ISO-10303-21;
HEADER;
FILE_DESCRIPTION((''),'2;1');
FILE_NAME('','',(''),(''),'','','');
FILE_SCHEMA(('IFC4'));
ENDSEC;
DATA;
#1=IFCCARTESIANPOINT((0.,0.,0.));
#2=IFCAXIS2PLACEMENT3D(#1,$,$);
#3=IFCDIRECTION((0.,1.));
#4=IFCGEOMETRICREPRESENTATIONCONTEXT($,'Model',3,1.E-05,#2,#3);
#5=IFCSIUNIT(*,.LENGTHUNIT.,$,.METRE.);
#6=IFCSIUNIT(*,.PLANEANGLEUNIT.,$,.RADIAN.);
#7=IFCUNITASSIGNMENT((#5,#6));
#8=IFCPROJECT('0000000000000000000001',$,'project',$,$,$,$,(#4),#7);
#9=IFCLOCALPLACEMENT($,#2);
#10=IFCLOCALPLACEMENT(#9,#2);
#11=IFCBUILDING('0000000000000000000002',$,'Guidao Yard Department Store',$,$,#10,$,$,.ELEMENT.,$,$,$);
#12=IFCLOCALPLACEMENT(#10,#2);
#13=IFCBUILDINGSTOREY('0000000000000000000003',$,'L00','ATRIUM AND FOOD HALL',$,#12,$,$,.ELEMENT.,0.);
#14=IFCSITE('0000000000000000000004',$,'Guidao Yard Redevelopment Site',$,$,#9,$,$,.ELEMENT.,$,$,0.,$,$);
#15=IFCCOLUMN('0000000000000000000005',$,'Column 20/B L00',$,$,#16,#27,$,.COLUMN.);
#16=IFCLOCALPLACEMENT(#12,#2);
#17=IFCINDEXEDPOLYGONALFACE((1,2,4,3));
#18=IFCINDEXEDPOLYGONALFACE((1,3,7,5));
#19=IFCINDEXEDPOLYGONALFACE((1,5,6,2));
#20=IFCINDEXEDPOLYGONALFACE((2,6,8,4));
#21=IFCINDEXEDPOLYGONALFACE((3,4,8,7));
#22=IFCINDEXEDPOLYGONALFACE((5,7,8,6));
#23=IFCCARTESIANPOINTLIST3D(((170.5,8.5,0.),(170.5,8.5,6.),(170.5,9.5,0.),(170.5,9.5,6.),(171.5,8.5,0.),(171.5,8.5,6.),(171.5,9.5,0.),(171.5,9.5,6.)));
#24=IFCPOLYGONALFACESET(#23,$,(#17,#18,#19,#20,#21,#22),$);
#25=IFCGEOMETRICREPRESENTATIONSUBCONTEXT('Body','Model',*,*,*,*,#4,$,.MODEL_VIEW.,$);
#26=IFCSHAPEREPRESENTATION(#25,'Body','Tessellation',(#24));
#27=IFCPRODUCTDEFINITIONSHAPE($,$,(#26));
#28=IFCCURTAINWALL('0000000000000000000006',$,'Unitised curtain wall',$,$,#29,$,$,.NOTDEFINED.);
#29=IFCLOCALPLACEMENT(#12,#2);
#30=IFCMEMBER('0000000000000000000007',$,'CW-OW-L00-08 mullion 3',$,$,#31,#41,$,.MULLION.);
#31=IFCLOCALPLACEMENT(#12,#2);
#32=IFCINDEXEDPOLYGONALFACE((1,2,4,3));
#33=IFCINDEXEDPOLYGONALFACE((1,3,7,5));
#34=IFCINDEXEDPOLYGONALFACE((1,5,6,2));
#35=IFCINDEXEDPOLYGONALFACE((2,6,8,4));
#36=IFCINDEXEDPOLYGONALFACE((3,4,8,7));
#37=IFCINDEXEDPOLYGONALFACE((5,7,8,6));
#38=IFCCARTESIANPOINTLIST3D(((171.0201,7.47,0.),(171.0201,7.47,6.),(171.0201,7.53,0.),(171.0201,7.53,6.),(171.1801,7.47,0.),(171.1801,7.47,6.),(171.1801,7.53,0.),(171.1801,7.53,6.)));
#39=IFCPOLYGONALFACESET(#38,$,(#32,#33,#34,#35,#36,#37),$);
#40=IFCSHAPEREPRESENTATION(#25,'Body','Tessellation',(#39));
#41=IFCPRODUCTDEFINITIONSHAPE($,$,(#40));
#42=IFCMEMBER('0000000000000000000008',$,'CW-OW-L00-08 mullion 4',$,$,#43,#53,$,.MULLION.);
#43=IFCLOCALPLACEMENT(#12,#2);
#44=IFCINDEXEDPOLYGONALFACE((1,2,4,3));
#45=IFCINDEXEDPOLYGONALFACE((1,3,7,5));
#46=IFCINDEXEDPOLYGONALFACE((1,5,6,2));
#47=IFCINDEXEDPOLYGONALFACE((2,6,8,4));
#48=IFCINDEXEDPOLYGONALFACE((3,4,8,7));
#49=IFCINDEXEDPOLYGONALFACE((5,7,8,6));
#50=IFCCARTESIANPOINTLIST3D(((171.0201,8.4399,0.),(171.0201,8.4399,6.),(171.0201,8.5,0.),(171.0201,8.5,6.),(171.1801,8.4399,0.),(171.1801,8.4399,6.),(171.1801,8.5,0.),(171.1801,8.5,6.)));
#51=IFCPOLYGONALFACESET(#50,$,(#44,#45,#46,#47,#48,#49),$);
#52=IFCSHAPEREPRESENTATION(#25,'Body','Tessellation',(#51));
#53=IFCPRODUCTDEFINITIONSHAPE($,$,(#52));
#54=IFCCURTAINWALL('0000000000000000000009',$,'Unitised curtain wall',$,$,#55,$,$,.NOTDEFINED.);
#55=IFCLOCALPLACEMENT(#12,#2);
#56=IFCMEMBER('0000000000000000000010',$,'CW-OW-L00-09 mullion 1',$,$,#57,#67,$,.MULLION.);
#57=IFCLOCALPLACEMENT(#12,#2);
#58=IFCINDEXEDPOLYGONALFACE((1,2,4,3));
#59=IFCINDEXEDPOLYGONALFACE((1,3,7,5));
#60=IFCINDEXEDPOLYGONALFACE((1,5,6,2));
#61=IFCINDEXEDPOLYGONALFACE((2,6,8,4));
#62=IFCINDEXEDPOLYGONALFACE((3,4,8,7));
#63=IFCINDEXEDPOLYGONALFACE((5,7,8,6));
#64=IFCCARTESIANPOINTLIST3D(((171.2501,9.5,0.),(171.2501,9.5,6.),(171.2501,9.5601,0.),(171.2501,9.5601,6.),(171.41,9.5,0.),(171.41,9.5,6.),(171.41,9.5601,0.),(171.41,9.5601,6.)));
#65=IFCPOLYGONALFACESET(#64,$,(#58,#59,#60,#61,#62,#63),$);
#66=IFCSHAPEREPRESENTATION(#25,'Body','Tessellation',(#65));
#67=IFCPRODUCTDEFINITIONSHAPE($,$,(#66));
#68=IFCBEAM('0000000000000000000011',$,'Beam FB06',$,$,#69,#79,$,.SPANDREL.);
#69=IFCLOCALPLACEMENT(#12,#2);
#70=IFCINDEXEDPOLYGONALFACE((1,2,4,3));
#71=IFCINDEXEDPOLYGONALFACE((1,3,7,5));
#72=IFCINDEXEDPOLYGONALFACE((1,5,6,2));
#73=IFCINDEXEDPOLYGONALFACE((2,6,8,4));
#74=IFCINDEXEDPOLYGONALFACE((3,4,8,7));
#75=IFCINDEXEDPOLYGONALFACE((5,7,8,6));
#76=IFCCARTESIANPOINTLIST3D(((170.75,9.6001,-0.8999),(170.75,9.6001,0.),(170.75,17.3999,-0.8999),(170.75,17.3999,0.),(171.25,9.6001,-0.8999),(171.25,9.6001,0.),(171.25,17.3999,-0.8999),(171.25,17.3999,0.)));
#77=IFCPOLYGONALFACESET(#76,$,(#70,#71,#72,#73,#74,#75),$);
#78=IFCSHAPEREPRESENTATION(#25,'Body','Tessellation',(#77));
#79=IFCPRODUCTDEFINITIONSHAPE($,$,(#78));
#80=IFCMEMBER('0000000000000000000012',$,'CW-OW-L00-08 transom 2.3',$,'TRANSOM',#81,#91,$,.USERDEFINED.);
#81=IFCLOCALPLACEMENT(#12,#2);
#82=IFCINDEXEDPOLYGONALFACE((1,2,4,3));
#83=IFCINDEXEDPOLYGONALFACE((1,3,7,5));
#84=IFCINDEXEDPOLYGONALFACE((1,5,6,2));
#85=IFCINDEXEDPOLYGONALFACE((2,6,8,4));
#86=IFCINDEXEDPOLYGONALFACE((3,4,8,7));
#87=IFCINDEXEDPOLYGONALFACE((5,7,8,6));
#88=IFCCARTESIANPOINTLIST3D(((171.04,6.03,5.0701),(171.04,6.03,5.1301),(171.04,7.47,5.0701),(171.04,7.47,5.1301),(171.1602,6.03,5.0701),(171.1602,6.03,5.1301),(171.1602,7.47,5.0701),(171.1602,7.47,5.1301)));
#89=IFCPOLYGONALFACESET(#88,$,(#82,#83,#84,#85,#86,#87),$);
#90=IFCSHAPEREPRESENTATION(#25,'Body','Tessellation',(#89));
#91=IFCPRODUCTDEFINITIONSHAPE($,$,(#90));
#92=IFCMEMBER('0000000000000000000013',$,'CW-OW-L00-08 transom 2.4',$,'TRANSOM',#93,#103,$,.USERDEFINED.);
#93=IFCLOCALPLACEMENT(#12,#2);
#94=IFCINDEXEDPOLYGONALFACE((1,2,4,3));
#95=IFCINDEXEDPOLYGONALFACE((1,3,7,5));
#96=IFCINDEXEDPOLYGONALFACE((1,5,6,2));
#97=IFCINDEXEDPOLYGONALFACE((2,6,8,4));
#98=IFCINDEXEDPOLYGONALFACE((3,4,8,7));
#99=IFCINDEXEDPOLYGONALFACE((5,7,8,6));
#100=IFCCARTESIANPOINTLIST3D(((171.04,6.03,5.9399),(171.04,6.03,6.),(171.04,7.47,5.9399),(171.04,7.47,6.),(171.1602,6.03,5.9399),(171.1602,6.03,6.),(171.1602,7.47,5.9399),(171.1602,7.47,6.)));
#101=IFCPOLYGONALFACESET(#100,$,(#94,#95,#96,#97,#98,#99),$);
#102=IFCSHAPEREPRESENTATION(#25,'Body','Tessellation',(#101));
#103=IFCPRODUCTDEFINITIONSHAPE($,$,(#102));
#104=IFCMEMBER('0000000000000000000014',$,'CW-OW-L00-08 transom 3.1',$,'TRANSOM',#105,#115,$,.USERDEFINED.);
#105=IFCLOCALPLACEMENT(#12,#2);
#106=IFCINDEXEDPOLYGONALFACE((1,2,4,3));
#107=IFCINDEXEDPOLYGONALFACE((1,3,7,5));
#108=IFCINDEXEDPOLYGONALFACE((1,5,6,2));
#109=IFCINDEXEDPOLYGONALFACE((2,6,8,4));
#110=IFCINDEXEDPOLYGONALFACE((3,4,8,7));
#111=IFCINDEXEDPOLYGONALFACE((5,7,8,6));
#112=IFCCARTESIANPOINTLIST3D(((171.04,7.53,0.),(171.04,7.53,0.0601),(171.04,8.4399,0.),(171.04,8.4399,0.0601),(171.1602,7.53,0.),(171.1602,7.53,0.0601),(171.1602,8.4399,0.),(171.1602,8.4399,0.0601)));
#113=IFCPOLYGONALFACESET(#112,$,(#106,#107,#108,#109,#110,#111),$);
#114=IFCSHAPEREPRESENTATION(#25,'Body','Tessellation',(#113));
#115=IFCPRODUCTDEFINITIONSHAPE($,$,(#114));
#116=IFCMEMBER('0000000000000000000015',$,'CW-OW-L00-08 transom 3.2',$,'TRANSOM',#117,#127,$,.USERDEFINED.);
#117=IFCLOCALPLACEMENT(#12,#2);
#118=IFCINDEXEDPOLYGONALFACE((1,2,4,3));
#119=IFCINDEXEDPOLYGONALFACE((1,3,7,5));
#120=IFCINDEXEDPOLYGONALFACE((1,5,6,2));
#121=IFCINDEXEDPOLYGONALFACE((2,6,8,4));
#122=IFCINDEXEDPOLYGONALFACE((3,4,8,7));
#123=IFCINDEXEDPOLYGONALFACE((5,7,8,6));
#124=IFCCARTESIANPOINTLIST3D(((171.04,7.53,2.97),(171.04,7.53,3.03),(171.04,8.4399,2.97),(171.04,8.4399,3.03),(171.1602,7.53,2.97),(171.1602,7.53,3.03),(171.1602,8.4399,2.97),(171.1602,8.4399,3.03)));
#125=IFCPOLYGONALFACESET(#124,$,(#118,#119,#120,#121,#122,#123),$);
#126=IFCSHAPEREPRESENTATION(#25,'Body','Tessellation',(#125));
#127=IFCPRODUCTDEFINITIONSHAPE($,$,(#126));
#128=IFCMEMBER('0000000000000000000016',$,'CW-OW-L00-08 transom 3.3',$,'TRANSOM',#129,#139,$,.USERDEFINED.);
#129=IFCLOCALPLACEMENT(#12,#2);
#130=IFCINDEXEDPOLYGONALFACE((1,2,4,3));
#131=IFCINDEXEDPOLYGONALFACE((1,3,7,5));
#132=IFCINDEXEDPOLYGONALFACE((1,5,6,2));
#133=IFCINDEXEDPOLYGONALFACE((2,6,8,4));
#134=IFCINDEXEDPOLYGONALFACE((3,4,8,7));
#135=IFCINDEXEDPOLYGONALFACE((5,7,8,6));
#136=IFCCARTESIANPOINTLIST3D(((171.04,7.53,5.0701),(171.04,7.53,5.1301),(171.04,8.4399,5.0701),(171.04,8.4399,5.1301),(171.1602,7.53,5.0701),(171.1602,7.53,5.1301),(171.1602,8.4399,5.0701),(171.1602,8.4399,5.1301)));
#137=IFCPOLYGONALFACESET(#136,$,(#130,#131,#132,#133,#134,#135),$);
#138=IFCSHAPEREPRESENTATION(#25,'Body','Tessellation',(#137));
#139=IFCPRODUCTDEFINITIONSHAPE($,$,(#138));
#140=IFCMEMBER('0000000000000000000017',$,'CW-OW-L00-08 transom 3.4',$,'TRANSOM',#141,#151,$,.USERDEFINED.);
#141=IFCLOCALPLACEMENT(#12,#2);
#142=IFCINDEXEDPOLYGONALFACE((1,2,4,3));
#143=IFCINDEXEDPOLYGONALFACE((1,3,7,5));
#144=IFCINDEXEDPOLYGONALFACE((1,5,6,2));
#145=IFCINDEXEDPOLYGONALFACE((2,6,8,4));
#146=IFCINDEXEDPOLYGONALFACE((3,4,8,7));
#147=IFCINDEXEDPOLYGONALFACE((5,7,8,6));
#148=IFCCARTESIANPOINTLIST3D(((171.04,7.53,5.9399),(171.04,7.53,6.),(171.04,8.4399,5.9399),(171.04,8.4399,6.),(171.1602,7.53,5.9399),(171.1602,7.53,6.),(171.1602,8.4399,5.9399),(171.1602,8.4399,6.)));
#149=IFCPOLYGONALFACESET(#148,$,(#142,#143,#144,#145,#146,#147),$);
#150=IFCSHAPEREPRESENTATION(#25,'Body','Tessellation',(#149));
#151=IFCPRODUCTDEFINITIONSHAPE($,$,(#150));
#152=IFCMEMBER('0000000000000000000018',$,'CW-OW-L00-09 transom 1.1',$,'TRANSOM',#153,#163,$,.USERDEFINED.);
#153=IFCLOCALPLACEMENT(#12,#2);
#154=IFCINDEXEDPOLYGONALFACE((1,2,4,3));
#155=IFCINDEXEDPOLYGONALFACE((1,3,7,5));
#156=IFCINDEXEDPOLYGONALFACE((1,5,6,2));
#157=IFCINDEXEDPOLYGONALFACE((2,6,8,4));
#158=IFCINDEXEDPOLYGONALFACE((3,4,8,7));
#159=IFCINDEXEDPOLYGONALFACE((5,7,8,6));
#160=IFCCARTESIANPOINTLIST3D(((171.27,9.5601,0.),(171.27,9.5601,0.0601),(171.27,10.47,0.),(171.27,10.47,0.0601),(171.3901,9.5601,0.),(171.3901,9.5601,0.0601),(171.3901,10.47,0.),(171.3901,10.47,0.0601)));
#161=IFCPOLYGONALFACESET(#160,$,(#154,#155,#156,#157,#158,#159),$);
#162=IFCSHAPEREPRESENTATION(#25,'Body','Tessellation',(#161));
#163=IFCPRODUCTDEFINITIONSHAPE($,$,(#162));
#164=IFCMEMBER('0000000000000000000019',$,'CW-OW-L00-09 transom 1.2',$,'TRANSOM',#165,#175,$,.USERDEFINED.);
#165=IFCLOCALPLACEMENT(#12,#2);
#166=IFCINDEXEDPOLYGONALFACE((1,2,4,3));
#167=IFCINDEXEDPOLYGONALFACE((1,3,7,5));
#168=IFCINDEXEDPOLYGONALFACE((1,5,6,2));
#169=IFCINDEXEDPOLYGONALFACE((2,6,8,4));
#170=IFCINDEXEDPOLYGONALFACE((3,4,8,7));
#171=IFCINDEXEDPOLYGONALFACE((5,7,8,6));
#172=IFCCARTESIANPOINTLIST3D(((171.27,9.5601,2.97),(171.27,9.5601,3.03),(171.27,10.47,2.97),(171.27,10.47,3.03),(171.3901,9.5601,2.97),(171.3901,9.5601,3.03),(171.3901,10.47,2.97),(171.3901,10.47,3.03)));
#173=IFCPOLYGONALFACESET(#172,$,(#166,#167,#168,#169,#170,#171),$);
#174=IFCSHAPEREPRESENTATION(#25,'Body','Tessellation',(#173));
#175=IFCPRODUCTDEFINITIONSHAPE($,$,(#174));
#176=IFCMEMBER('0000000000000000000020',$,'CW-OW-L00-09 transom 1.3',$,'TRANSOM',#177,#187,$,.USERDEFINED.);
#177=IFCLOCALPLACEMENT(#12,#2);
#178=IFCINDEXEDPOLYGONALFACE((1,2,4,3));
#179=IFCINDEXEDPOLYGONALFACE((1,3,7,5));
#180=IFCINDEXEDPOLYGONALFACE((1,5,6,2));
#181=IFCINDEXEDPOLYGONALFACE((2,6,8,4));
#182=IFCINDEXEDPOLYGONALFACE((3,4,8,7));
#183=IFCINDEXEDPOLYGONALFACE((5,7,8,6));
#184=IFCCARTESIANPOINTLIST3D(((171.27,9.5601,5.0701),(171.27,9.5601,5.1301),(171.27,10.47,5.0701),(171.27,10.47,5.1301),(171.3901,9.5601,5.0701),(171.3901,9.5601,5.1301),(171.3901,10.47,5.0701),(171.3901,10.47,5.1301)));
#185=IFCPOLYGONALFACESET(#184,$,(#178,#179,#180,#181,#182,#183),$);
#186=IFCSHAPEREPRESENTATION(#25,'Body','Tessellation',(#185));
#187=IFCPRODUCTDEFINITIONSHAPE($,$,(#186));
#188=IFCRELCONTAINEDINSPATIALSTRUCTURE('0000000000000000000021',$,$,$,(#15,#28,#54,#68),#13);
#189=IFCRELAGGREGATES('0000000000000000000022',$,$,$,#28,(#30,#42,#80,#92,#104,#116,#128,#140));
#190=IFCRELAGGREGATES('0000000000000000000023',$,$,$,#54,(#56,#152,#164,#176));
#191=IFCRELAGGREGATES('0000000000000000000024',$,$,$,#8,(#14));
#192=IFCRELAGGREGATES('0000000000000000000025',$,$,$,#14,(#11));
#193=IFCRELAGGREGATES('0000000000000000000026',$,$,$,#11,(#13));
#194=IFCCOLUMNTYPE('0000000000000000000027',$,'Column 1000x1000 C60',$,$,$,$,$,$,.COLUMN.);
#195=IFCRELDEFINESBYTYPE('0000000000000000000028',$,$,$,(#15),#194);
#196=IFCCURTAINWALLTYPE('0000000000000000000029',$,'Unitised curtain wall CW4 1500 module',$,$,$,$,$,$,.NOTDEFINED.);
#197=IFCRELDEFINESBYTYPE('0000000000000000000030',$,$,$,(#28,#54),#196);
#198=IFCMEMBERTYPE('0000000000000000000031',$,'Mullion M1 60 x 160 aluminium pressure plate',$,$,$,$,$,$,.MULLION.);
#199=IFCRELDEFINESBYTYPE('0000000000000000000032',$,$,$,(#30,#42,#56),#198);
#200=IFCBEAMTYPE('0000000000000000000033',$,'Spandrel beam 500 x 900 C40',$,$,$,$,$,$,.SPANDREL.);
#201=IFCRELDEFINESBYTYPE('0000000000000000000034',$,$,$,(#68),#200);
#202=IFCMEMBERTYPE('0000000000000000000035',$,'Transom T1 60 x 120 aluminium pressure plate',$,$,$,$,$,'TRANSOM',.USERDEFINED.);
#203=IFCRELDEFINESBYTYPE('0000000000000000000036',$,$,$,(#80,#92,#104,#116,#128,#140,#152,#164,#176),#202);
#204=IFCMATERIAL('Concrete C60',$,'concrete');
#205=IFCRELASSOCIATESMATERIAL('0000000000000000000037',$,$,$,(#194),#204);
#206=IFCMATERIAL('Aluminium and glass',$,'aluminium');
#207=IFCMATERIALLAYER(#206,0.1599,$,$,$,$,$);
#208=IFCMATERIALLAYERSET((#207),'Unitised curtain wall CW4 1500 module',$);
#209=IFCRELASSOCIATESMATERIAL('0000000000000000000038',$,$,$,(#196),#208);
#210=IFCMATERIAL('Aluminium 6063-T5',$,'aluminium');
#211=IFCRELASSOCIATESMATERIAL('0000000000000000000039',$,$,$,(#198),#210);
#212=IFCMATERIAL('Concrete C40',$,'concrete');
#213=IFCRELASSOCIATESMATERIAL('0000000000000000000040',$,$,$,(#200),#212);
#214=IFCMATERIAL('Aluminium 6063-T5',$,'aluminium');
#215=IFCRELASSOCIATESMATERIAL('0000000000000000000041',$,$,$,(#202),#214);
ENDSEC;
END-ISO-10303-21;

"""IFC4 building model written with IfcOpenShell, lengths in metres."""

from ifc_helpers import new_model, si_unit, direction, frame, origin, origin_2d, place, context, subcontext, project, spatial, rectangle, extrude, material, layer, layer_set, material_profile, profile_set, type_object, element, aggregate, save


model = new_model("IFC4")

# Units and contexts
model_context = context("Model", 3, precision=1e-05, world=origin(), true_north=direction((0.0, 1.0)))
body_context = subcontext(model_context, "Body", "Model", "MODEL_VIEW")
ifc_project = project(units=[si_unit("LENGTHUNIT", "METRE"), si_unit("PLANEANGLEUNIT", "RADIAN")], contexts=[model_context])

# Site, building, storey
site_placement = place(None, origin())
site = spatial("IfcSite", under=ifc_project, at=site_placement, Name="Guidao Yard Redevelopment Site", CompositionType="ELEMENT", RefElevation=0.0)
building_placement = place(site_placement, origin())
building = spatial("IfcBuilding", under=site, at=building_placement, Name="Guidao Yard Department Store", CompositionType="ELEMENT")
storey_placement = place(building_placement, origin())
storey = spatial("IfcBuildingStorey", under=building, at=storey_placement, Name="L00", Description="ATRIUM AND FOOD HALL", CompositionType="ELEMENT", Elevation=0.0)

# Column
ifc_material_1 = material(Name="Concrete C60", Category="concrete")
ifc_material_profile_1 = material_profile(ifc_material_1, rectangle(XDim=1.0, YDim=1.0, at=origin_2d()), Name="COL 1000x1000")
ifc_profile_set_1 = profile_set([ifc_material_profile_1], Name="Concrete C60")
column_type = type_object("IfcColumnType", Name="Column 1000x1000 C60", PredefinedType="COLUMN", material=ifc_profile_set_1)
column_placement = place(storey_placement, frame((171.0, 9.0, 0.0), z_axis=(0.0, 0.0, 1.0), x_axis=(1.0, 0.0, 0.0)))
element("IfcColumn", 1, at=column_placement, inside=storey, type_object=column_type, Name="Column 20/B L00", PredefinedType="COLUMN", context=body_context, shape_type="SweptSolid", body=[
    extrude(rectangle(XDim=1.0, YDim=1.0, at=origin_2d()), origin(), (0.0, 0.0, 1.0), 6.0),
])

# Curtain wall, members
ifc_material_2 = material(Name="Aluminium and glass", Category="aluminium")
ifc_layer_1 = layer(ifc_material_2, 0.1599)
ifc_layer_set_1 = layer_set([ifc_layer_1], Name="Unitised curtain wall CW4 1500 module")
curtain_wall_type = type_object("IfcCurtainWallType", Name="Unitised curtain wall CW4 1500 module", PredefinedType="NOTDEFINED", material=ifc_layer_set_1)
curtain_wall_1_placement = place(storey_placement, origin())
curtain_wall_1 = element("IfcCurtainWall", 2, at=curtain_wall_1_placement, inside=storey, type_object=curtain_wall_type, Name="Unitised curtain wall", PredefinedType="NOTDEFINED")
ifc_material_3 = material(Name="Aluminium 6063-T5", Category="aluminium")
ifc_material_profile_2 = material_profile(ifc_material_3, rectangle(XDim=0.0601, YDim=0.1599, at=origin_2d()), Name="Mullion M1 60 x 160 aluminium pressure plate")
ifc_profile_set_2 = profile_set([ifc_material_profile_2], Name="Aluminium 6063-T5")
member_type_1 = type_object("IfcMemberType", Name="Mullion M1 60 x 160 aluminium pressure plate", PredefinedType="MULLION", material=ifc_profile_set_2)
member_1_placement = place(storey_placement, frame((171.1001, 7.5, 0.0), z_axis=(0.0, 0.0, 1.0), x_axis=(0.0, -1.0, 0.0)))
member_1 = element("IfcMember", 3, at=member_1_placement, type_object=member_type_1, Name="CW-OW-L00-08 mullion 3", PredefinedType="MULLION", context=body_context, shape_type="SweptSolid", body=[
    extrude(rectangle(XDim=0.0601, YDim=0.1599, at=origin_2d()), origin(), (0.0, 0.0, 1.0), 6.0),
])
member_2_placement = place(storey_placement, frame((171.1001, 8.47, 0.0), z_axis=(0.0, 0.0, 1.0), x_axis=(0.0, -1.0, 0.0)))
member_2 = element("IfcMember", 4, at=member_2_placement, type_object=member_type_1, Name="CW-OW-L00-08 mullion 4", PredefinedType="MULLION", context=body_context, shape_type="SweptSolid", body=[
    extrude(rectangle(XDim=0.0601, YDim=0.1599, at=origin_2d()), origin(), (0.0, 0.0, 1.0), 6.0),
])

# Curtain wall, member
curtain_wall_2_placement = place(storey_placement, origin())
curtain_wall_2 = element("IfcCurtainWall", 5, at=curtain_wall_2_placement, inside=storey, type_object=curtain_wall_type, Name="Unitised curtain wall", PredefinedType="NOTDEFINED")
member_3_placement = place(storey_placement, frame((171.3301, 9.53, 0.0), z_axis=(0.0, 0.0, 1.0), x_axis=(0.0, -1.0, 0.0)))
member_3 = element("IfcMember", 6, at=member_3_placement, type_object=member_type_1, Name="CW-OW-L00-09 mullion 1", PredefinedType="MULLION", context=body_context, shape_type="SweptSolid", body=[
    extrude(rectangle(XDim=0.0601, YDim=0.1599, at=origin_2d()), origin(), (0.0, 0.0, 1.0), 6.0),
])

# Beam
ifc_material_4 = material(Name="Concrete C40", Category="concrete")
ifc_material_profile_3 = material_profile(ifc_material_4, rectangle(XDim=0.5, YDim=0.8999, at=origin_2d()), Name="Spandrel beam 500 x 900 C40")
ifc_profile_set_3 = profile_set([ifc_material_profile_3], Name="Concrete C40")
beam_type = type_object("IfcBeamType", Name="Spandrel beam 500 x 900 C40", PredefinedType="SPANDREL", material=ifc_profile_set_3)
beam_placement = place(storey_placement, frame((171.0, 9.6001, -0.45), z_axis=(0.0, 1.0, 0.0), x_axis=(-1.0, 0.0, 0.0)))
element("IfcBeam", 7, at=beam_placement, inside=storey, type_object=beam_type, Name="Beam FB06", PredefinedType="SPANDREL", context=body_context, shape_type="SweptSolid", body=[
    extrude(rectangle(XDim=0.5, YDim=0.8999, at=origin_2d()), origin(), (0.0, 0.0, 1.0), 7.7998),
])

# Members
ifc_material_5 = material(Name="Aluminium 6063-T5", Category="aluminium")
ifc_material_profile_4 = material_profile(ifc_material_5, rectangle(XDim=0.1201, YDim=0.0601, at=origin_2d()), Name="Transom T1 60 x 120 aluminium pressure plate")
ifc_profile_set_4 = profile_set([ifc_material_profile_4], Name="Aluminium 6063-T5")
member_type_2 = type_object("IfcMemberType", Name="Transom T1 60 x 120 aluminium pressure plate", ElementType="TRANSOM", PredefinedType="USERDEFINED", material=ifc_profile_set_4)
member_4_placement = place(storey_placement, frame((171.1001, 7.47, 5.1001), z_axis=(0.0, -1.0, 0.0), x_axis=(1.0, 0.0, 0.0)))
member_4 = element("IfcMember", 8, at=member_4_placement, type_object=member_type_2, Name="CW-OW-L00-08 transom 2.3", ObjectType="TRANSOM", PredefinedType="USERDEFINED", context=body_context, shape_type="SweptSolid", body=[
    extrude(rectangle(XDim=0.1201, YDim=0.0601, at=origin_2d()), origin(), (0.0, 0.0, 1.0), 1.4399),
])
member_5_placement = place(storey_placement, frame((171.1001, 7.47, 5.97), z_axis=(0.0, -1.0, 0.0), x_axis=(1.0, 0.0, 0.0)))
member_5 = element("IfcMember", 9, at=member_5_placement, type_object=member_type_2, Name="CW-OW-L00-08 transom 2.4", ObjectType="TRANSOM", PredefinedType="USERDEFINED", context=body_context, shape_type="SweptSolid", body=[
    extrude(rectangle(XDim=0.1201, YDim=0.0601, at=origin_2d()), origin(), (0.0, 0.0, 1.0), 1.4399),
])
member_6_placement = place(storey_placement, frame((171.1001, 8.4399, 0.03), z_axis=(0.0, -1.0, 0.0), x_axis=(1.0, 0.0, 0.0)))
member_6 = element("IfcMember", 10, at=member_6_placement, type_object=member_type_2, Name="CW-OW-L00-08 transom 3.1", ObjectType="TRANSOM", PredefinedType="USERDEFINED", context=body_context, shape_type="SweptSolid", body=[
    extrude(rectangle(XDim=0.1201, YDim=0.0601, at=origin_2d()), origin(), (0.0, 0.0, 1.0), 0.9099),
])
member_7_placement = place(storey_placement, frame((171.1001, 8.4399, 3.0), z_axis=(0.0, -1.0, 0.0), x_axis=(1.0, 0.0, 0.0)))
member_7 = element("IfcMember", 11, at=member_7_placement, type_object=member_type_2, Name="CW-OW-L00-08 transom 3.2", ObjectType="TRANSOM", PredefinedType="USERDEFINED", context=body_context, shape_type="SweptSolid", body=[
    extrude(rectangle(XDim=0.1201, YDim=0.0601, at=origin_2d()), origin(), (0.0, 0.0, 1.0), 0.9099),
])
member_8_placement = place(storey_placement, frame((171.1001, 8.4399, 5.1001), z_axis=(0.0, -1.0, 0.0), x_axis=(1.0, 0.0, 0.0)))
member_8 = element("IfcMember", 12, at=member_8_placement, type_object=member_type_2, Name="CW-OW-L00-08 transom 3.3", ObjectType="TRANSOM", PredefinedType="USERDEFINED", context=body_context, shape_type="SweptSolid", body=[
    extrude(rectangle(XDim=0.1201, YDim=0.0601, at=origin_2d()), origin(), (0.0, 0.0, 1.0), 0.9099),
])
member_9_placement = place(storey_placement, frame((171.1001, 8.4399, 5.97), z_axis=(0.0, -1.0, 0.0), x_axis=(1.0, 0.0, 0.0)))
member_9 = element("IfcMember", 13, at=member_9_placement, type_object=member_type_2, Name="CW-OW-L00-08 transom 3.4", ObjectType="TRANSOM", PredefinedType="USERDEFINED", context=body_context, shape_type="SweptSolid", body=[
    extrude(rectangle(XDim=0.1201, YDim=0.0601, at=origin_2d()), origin(), (0.0, 0.0, 1.0), 0.9099),
])
member_10_placement = place(storey_placement, frame((171.3301, 10.47, 0.03), z_axis=(0.0, -1.0, 0.0), x_axis=(1.0, 0.0, 0.0)))
member_10 = element("IfcMember", 14, at=member_10_placement, type_object=member_type_2, Name="CW-OW-L00-09 transom 1.1", ObjectType="TRANSOM", PredefinedType="USERDEFINED", context=body_context, shape_type="SweptSolid", body=[
    extrude(rectangle(XDim=0.1201, YDim=0.0601, at=origin_2d()), origin(), (0.0, 0.0, 1.0), 0.9099),
])
member_11_placement = place(storey_placement, frame((171.3301, 10.47, 3.0), z_axis=(0.0, -1.0, 0.0), x_axis=(1.0, 0.0, 0.0)))
member_11 = element("IfcMember", 15, at=member_11_placement, type_object=member_type_2, Name="CW-OW-L00-09 transom 1.2", ObjectType="TRANSOM", PredefinedType="USERDEFINED", context=body_context, shape_type="SweptSolid", body=[
    extrude(rectangle(XDim=0.1201, YDim=0.0601, at=origin_2d()), origin(), (0.0, 0.0, 1.0), 0.9099),
])
member_12_placement = place(storey_placement, frame((171.3301, 10.47, 5.1001), z_axis=(0.0, -1.0, 0.0), x_axis=(1.0, 0.0, 0.0)))
member_12 = element("IfcMember", 16, at=member_12_placement, type_object=member_type_2, Name="CW-OW-L00-09 transom 1.3", ObjectType="TRANSOM", PredefinedType="USERDEFINED", context=body_context, shape_type="SweptSolid", body=[
    extrude(rectangle(XDim=0.1201, YDim=0.0601, at=origin_2d()), origin(), (0.0, 0.0, 1.0), 0.9099),
])

aggregate(curtain_wall_1, [member_1, member_2, member_4, member_5, member_6, member_7, member_8, member_9])
aggregate(curtain_wall_2, [member_3, member_10, member_11, member_12])

save(model, "model.ifc")
